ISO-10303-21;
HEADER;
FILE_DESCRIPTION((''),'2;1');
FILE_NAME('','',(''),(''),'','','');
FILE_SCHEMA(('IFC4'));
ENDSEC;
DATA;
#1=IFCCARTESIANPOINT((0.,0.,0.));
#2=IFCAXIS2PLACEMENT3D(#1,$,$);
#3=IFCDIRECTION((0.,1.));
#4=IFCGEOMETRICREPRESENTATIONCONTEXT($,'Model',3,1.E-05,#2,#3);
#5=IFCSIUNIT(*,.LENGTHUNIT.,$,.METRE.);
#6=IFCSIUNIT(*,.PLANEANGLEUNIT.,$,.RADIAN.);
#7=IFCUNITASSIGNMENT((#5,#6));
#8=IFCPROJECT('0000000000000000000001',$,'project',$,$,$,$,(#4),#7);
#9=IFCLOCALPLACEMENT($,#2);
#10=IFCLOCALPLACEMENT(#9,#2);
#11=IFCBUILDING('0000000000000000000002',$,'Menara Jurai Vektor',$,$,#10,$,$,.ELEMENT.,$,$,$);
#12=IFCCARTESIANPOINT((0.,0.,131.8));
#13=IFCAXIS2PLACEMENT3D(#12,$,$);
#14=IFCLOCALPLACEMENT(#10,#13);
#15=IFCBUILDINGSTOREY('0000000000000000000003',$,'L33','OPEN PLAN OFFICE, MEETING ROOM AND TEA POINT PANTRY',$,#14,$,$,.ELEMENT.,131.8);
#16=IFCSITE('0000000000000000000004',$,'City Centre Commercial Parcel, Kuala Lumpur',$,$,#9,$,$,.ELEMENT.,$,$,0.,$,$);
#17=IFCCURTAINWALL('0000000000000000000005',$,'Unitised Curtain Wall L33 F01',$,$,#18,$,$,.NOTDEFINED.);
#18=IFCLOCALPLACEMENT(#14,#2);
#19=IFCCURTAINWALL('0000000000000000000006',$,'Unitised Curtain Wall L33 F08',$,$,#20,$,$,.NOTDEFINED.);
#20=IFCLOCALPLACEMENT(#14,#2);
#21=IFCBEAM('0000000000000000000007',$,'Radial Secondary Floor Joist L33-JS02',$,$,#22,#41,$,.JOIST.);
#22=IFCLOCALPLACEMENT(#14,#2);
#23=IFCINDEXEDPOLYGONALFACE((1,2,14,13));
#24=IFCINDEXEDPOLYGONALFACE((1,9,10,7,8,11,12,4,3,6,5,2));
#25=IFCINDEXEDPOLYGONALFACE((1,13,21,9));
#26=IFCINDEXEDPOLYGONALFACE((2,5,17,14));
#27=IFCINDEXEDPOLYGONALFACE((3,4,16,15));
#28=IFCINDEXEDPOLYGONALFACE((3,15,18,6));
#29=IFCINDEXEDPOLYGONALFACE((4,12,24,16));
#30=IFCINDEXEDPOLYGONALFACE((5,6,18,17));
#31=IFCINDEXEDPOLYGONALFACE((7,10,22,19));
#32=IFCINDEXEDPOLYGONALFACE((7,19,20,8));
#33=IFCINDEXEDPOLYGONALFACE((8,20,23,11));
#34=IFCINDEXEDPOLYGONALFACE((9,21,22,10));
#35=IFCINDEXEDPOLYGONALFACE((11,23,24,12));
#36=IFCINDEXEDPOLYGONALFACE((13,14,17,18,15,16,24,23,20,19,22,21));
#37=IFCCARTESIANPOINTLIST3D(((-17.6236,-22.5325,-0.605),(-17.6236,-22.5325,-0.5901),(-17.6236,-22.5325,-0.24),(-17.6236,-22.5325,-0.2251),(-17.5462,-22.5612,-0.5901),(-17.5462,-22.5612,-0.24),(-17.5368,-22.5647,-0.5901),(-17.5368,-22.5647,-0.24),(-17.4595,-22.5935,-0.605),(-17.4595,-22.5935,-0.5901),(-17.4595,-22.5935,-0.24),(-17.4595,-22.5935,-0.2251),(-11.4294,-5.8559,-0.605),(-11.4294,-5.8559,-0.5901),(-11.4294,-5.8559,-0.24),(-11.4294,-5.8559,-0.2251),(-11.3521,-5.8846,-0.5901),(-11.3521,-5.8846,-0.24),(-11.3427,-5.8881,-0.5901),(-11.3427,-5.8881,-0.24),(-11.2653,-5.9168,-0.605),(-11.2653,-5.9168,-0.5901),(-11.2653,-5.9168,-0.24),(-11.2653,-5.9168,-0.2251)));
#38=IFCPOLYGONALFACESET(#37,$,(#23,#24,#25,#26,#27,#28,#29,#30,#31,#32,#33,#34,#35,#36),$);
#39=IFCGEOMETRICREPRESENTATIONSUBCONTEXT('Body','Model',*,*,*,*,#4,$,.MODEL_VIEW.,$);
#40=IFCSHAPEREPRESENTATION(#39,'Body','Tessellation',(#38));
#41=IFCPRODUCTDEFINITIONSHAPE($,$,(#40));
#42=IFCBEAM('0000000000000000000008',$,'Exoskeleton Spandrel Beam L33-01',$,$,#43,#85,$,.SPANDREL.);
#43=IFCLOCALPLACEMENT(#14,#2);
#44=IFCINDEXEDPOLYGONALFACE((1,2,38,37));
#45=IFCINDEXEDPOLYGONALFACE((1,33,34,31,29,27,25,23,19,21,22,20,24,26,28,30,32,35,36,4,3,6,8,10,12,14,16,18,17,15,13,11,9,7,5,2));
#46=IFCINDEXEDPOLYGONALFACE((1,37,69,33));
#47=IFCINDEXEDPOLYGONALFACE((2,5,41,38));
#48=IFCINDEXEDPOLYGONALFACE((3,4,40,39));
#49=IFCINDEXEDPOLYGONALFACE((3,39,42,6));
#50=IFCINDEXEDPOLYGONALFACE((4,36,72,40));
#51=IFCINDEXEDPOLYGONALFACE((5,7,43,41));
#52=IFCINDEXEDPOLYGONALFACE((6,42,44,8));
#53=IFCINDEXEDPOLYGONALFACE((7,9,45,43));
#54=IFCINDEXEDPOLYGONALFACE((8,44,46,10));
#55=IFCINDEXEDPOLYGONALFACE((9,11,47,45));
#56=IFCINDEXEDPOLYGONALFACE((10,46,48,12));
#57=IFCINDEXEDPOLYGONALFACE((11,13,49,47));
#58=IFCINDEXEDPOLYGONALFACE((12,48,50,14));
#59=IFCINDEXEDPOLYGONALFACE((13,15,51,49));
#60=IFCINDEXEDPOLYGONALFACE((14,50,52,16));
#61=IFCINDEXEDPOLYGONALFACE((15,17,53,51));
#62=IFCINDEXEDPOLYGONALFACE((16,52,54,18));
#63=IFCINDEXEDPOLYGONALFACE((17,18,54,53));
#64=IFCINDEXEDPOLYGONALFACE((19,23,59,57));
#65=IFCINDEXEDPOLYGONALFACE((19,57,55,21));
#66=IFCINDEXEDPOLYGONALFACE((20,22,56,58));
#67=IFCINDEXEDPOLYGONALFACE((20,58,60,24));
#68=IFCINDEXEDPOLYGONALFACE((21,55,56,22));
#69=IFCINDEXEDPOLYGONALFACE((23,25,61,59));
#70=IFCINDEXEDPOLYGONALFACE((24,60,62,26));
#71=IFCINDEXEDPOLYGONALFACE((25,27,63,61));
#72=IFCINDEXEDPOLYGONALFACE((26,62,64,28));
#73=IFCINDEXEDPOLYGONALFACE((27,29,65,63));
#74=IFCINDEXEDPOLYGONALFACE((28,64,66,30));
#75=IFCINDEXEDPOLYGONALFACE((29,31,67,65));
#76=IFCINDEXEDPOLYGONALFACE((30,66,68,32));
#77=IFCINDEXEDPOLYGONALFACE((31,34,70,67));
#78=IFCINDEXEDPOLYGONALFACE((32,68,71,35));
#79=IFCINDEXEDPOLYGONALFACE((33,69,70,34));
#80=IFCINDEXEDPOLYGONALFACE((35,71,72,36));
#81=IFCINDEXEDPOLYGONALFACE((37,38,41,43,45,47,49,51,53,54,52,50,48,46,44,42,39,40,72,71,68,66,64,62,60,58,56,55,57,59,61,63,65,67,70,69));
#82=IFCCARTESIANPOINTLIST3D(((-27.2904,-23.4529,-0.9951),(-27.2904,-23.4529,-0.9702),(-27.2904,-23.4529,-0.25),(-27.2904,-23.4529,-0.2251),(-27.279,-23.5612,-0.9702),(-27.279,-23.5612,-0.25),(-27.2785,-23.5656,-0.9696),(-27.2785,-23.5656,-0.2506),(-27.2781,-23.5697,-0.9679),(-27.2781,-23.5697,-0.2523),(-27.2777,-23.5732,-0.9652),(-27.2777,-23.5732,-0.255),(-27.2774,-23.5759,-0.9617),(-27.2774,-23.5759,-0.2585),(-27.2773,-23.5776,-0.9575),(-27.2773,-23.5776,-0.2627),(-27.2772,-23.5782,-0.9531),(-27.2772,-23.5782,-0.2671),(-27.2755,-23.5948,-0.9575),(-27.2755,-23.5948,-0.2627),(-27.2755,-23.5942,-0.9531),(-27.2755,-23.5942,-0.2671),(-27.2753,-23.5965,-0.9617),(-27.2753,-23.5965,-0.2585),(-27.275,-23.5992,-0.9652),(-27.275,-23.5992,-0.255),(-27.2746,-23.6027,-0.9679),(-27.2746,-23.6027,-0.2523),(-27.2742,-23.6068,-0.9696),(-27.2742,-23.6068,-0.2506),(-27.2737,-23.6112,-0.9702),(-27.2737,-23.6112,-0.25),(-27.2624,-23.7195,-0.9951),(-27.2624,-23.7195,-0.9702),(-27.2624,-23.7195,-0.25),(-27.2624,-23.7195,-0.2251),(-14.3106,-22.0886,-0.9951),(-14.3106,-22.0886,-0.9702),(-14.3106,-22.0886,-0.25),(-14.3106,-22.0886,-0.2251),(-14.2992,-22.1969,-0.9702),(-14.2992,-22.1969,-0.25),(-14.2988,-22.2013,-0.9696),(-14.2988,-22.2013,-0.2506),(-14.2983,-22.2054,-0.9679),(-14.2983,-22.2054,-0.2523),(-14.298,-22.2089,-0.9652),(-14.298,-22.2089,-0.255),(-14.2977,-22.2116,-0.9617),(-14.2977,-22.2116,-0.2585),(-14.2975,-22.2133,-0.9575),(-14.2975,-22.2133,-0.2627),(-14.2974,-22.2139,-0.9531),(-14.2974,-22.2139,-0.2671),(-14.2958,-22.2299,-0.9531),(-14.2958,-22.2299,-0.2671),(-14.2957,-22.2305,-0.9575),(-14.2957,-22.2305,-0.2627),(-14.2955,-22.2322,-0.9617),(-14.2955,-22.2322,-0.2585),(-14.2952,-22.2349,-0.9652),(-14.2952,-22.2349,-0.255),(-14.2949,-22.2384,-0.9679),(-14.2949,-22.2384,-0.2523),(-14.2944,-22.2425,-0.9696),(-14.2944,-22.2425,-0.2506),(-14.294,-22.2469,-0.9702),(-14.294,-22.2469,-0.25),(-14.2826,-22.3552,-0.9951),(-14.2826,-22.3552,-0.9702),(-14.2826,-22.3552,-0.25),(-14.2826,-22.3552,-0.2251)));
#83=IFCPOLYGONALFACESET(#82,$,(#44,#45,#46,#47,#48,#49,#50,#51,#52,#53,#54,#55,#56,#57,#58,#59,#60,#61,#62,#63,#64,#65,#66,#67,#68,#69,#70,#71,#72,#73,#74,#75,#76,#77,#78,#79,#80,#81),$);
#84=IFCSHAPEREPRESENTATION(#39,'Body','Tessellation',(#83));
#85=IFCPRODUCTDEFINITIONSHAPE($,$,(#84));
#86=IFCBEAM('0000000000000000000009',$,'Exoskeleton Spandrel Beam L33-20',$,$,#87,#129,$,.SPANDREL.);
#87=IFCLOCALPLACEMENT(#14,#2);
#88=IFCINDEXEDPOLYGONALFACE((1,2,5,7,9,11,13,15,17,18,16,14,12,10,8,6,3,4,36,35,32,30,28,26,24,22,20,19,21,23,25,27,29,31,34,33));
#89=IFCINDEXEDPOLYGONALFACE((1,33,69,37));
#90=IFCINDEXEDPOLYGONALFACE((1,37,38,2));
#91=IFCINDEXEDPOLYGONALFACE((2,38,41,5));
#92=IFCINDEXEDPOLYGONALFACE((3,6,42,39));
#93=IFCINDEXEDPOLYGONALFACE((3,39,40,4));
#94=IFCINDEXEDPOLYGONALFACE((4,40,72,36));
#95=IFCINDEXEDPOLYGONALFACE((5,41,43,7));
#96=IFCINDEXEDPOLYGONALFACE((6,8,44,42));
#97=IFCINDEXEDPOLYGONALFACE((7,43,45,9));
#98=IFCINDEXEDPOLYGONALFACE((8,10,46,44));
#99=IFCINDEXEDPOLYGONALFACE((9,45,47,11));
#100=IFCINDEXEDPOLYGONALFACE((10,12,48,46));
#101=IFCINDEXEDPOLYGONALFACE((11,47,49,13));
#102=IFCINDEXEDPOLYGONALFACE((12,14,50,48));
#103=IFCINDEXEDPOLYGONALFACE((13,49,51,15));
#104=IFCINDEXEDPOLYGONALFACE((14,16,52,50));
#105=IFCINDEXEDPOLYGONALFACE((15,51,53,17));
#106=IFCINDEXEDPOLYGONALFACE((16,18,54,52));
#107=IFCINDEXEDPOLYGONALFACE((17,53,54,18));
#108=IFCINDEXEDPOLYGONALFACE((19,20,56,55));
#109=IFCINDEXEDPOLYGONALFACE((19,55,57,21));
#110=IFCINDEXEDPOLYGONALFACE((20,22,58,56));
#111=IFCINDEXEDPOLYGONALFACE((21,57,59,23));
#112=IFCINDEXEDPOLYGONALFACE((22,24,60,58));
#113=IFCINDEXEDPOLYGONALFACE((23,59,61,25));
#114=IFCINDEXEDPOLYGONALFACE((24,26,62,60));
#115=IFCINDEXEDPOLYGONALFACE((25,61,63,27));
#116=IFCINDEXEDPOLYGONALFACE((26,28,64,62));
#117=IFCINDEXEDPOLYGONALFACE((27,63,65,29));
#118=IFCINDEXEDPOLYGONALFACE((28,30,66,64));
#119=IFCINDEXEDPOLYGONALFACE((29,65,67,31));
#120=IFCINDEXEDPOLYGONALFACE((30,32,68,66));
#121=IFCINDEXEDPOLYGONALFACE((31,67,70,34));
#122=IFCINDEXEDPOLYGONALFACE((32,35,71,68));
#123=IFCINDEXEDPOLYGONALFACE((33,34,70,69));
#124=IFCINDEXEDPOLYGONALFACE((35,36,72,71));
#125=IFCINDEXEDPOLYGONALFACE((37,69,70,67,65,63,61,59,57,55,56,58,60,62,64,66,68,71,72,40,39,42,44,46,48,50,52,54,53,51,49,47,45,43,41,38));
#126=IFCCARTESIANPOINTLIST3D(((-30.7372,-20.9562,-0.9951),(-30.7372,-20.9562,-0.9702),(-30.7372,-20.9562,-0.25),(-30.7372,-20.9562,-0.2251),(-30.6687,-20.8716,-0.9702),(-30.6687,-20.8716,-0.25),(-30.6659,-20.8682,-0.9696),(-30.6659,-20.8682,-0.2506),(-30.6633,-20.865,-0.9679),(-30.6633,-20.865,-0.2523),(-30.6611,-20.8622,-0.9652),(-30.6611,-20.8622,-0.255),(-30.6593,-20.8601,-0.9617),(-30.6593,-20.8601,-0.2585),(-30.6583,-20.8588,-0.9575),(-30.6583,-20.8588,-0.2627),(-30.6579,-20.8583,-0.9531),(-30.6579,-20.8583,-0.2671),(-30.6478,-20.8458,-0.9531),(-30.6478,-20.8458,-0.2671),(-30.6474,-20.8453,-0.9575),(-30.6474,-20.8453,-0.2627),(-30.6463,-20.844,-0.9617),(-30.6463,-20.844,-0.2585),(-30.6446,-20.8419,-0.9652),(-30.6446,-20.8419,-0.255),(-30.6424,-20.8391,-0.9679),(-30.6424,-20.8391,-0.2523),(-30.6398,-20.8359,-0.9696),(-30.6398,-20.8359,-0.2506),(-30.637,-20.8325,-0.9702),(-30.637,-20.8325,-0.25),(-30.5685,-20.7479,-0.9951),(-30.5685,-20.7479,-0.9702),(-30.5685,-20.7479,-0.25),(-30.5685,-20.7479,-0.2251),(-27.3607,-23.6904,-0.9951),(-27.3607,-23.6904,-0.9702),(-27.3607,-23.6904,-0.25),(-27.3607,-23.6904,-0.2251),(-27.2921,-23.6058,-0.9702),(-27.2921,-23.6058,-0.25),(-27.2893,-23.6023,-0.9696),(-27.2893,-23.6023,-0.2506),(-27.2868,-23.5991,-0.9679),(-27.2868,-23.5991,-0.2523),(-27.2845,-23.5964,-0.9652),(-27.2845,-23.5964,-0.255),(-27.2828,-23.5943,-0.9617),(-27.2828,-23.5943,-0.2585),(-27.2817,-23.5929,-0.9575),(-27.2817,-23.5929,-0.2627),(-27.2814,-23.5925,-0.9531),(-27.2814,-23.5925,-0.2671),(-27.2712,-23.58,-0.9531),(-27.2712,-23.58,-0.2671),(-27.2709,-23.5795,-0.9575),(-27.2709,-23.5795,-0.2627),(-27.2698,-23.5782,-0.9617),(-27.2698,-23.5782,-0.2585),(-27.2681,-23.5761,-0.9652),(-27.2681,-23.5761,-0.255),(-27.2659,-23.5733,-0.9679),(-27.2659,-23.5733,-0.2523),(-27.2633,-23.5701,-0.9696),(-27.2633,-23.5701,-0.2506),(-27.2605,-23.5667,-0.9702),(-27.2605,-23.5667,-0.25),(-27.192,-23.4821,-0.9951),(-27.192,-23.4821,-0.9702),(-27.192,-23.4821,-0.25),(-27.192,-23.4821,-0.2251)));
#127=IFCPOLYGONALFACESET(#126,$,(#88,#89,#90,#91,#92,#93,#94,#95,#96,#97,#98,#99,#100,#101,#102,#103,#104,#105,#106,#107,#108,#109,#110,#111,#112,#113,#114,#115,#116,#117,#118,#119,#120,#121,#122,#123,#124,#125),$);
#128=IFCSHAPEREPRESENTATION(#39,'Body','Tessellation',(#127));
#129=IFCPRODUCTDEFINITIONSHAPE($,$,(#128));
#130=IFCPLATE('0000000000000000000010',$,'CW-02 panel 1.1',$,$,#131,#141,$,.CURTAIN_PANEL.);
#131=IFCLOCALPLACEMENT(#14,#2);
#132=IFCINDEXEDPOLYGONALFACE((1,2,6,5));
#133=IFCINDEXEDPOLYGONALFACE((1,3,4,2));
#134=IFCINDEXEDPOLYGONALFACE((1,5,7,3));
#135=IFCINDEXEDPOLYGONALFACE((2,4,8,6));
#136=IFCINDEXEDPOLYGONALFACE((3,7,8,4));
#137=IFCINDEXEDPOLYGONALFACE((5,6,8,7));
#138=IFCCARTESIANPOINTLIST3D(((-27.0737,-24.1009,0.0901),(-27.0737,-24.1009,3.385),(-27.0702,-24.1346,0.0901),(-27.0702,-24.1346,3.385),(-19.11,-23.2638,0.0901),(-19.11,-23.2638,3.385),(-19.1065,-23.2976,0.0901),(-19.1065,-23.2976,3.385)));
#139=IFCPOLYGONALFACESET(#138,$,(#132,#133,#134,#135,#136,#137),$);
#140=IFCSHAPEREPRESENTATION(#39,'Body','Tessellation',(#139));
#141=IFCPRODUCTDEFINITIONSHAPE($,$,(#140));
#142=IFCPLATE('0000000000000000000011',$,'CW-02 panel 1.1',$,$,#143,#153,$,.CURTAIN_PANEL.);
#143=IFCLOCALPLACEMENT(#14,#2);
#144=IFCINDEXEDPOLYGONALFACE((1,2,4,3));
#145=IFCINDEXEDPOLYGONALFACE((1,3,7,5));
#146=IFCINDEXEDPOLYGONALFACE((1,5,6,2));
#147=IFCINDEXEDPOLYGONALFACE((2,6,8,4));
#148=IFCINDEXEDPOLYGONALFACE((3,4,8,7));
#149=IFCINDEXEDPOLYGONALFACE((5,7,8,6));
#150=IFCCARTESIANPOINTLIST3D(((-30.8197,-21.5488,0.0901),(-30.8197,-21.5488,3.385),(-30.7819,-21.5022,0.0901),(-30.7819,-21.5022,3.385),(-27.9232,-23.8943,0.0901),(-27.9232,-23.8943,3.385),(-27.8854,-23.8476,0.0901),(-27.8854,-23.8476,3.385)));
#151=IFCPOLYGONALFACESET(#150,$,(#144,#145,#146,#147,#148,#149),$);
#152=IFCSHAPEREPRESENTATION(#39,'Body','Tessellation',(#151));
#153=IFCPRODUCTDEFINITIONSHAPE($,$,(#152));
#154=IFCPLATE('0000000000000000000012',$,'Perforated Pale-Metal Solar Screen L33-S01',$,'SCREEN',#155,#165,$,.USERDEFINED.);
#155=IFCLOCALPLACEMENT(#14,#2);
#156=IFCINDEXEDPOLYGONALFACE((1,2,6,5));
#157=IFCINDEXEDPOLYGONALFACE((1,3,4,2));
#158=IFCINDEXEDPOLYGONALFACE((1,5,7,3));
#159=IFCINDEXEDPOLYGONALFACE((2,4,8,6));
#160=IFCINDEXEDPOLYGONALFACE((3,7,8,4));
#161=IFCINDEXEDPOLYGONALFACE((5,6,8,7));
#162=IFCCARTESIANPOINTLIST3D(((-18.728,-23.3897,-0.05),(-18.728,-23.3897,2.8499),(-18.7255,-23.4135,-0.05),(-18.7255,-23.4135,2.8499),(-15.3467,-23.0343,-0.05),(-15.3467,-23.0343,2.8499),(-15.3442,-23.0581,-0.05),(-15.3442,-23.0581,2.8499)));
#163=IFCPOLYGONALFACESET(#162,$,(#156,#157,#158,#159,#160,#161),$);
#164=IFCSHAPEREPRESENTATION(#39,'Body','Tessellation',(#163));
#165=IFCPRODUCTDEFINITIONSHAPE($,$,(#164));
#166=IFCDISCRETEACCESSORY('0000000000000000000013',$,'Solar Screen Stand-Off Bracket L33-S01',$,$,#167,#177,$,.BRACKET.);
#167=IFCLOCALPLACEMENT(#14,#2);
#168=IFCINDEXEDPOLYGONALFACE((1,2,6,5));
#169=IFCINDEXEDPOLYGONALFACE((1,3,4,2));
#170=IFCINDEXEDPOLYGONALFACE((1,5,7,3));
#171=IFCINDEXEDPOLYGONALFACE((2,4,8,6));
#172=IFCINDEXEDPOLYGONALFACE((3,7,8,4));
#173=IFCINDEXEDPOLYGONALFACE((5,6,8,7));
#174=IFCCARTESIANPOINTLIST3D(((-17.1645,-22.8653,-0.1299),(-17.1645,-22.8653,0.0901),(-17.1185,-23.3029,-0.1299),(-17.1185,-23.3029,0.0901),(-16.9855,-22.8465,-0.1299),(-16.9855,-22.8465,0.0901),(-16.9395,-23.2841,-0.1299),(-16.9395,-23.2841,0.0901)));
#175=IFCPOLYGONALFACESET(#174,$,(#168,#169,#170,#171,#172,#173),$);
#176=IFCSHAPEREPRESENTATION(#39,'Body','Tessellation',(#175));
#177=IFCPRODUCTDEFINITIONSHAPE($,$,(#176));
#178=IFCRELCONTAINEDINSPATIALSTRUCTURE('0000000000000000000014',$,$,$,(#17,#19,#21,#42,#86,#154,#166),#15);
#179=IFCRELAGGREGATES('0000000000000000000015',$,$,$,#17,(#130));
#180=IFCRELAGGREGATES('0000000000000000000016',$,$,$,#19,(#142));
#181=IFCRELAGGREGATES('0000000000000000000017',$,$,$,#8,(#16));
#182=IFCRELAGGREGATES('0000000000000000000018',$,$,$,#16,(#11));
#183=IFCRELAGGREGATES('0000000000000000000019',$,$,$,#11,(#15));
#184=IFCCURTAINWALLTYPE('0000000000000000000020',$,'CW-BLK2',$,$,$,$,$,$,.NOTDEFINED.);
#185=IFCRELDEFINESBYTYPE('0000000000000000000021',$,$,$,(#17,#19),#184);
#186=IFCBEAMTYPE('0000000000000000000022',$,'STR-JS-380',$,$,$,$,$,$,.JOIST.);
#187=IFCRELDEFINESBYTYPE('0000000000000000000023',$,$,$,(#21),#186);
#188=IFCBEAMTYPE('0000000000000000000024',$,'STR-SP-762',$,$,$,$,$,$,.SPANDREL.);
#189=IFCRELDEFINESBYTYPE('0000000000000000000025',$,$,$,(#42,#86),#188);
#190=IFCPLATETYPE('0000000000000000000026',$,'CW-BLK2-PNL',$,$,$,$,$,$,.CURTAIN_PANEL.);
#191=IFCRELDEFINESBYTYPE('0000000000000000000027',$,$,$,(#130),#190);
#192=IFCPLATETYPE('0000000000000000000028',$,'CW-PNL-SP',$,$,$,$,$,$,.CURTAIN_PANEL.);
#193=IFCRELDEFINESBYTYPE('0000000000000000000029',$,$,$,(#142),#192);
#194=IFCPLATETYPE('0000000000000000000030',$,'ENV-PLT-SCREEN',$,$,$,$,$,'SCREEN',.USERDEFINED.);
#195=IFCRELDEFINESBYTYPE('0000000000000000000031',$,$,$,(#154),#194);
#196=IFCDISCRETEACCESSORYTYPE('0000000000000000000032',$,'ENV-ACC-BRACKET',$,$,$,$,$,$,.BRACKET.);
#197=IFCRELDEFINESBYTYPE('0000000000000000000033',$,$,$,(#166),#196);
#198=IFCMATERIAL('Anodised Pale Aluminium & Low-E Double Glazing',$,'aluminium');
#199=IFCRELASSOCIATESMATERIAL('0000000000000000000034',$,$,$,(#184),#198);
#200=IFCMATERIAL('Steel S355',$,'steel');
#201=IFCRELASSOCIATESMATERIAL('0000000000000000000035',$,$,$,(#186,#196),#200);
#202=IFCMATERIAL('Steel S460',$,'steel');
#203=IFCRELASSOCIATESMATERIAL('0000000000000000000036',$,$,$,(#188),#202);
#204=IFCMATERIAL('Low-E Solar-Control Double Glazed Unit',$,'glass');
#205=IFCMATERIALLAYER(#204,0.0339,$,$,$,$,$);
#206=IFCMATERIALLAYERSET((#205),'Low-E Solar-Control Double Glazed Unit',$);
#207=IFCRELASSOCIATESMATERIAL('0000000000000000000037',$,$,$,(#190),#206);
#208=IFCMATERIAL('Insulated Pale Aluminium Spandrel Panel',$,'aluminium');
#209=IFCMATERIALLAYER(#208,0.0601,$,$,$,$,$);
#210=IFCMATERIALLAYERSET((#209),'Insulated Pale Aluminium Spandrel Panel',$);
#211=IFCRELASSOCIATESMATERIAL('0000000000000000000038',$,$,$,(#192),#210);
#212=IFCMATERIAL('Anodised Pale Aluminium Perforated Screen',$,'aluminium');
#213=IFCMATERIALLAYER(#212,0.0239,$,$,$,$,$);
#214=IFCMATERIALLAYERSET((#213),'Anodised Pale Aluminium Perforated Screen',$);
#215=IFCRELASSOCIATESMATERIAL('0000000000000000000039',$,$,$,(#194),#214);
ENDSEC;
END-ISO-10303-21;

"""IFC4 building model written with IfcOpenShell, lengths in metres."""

from ifc_helpers import new_model, si_unit, direction, frame, origin, origin_2d, place, context, subcontext, project, spatial, rectangle, i_section, extrude, material, layer, layer_set, material_profile, profile_set, type_object, element, aggregate, save


model = new_model("IFC4")

# Units and contexts
model_context = context("Model", 3, precision=1e-05, world=origin(), true_north=direction((0.0, 1.0)))
body_context = subcontext(model_context, "Body", "Model", "MODEL_VIEW")
ifc_project = project(units=[si_unit("LENGTHUNIT", "METRE"), si_unit("PLANEANGLEUNIT", "RADIAN")], contexts=[model_context])

# Site, building, storey
site_placement = place(None, origin())
site = spatial("IfcSite", under=ifc_project, at=site_placement, Name="City Centre Commercial Parcel, Kuala Lumpur", CompositionType="ELEMENT", RefElevation=0.0)
building_placement = place(site_placement, origin())
building = spatial("IfcBuilding", under=site, at=building_placement, Name="Menara Jurai Vektor", CompositionType="ELEMENT")
storey_placement = place(building_placement, frame((0.0, 0.0, 131.8)))
storey = spatial("IfcBuildingStorey", under=building, at=storey_placement, Name="L33", Description="OPEN PLAN OFFICE, MEETING ROOM AND TEA POINT PANTRY", CompositionType="ELEMENT", Elevation=131.8)

# Shared definitions
ifc_material_1 = material(Name="Steel S460", Category="steel")

# Curtain walls
ifc_material_2 = material(Name="Anodised Pale Aluminium & Low-E Double Glazing", Category="aluminium")
curtain_wall_type = type_object("IfcCurtainWallType", Name="CW-BLK2", PredefinedType="NOTDEFINED", material=ifc_material_2)
curtain_wall_1_placement = place(storey_placement, origin())
curtain_wall_1 = element("IfcCurtainWall", 1, at=curtain_wall_1_placement, inside=storey, type_object=curtain_wall_type, Name="Unitised Curtain Wall L33 F01", PredefinedType="NOTDEFINED")
curtain_wall_2_placement = place(storey_placement, origin())
curtain_wall_2 = element("IfcCurtainWall", 2, at=curtain_wall_2_placement, inside=storey, type_object=curtain_wall_type, Name="Unitised Curtain Wall L33 F08", PredefinedType="NOTDEFINED")

# Shared definitions
ifc_material_3 = material(Name="Steel S355", Category="steel")

# Beams
ifc_material_profile_1 = material_profile(ifc_material_3, i_section(OverallWidth=0.175, OverallDepth=0.3799, WebThickness=0.01, FlangeThickness=0.0149, at=origin_2d()), Name="PG 380x175x58")
ifc_profile_set_1 = profile_set([ifc_material_profile_1], Name="Steel S355")
beam_type_1 = type_object("IfcBeamType", Name="STR-JS-380", PredefinedType="JOIST", material=ifc_profile_set_1)
beam_1_placement = place(storey_placement, frame((-17.5415, -22.563, -0.415), z_axis=(0.348184, 0.937426, 0.0), x_axis=(-0.937426, 0.348184, 0.0)))
element("IfcBeam", 3, at=beam_1_placement, inside=storey, type_object=beam_type_1, Name="Radial Secondary Floor Joist L33-JS02", PredefinedType="JOIST", context=body_context, shape_type="SweptSolid", body=[
    extrude(i_section(OverallWidth=0.175, OverallDepth=0.3799, WebThickness=0.01, FlangeThickness=0.0149, at=origin_2d()), origin(), (0.0, 0.0, 1.0), 17.7898),
])
ifc_material_profile_2 = material_profile(ifc_material_1, i_section(OverallWidth=0.2681, OverallDepth=0.77, WebThickness=0.0161, FlangeThickness=0.0249, FilletRadius=0.0171, at=origin_2d()), Name="UKB 762x267x197")
ifc_profile_set_2 = profile_set([ifc_material_profile_2], Name="Steel S460")
beam_type_2 = type_object("IfcBeamType", Name="STR-SP-762", PredefinedType="SPANDREL", material=ifc_profile_set_2)
beam_2_placement = place(storey_placement, frame((-27.2764, -23.5862, -0.6101), z_axis=(0.994522, 0.104531, 0.0), x_axis=(-0.104531, 0.994522, 0.0)))
element("IfcBeam", 4, at=beam_2_placement, inside=storey, type_object=beam_type_2, Name="Exoskeleton Spandrel Beam L33-01", PredefinedType="SPANDREL", context=body_context, shape_type="SweptSolid", body=[
    extrude(i_section(OverallWidth=0.2681, OverallDepth=0.77, WebThickness=0.0161, FlangeThickness=0.0249, FilletRadius=0.0171, at=origin_2d()), origin(), (0.0, 0.0, 1.0), 13.0513),
])
beam_3_placement = place(storey_placement, frame((-30.6528, -20.8521, -0.6101), z_axis=(0.777155, -0.62931, 0.0), x_axis=(0.62931, 0.777155, 0.0)))
element("IfcBeam", 5, at=beam_3_placement, inside=storey, type_object=beam_type_2, Name="Exoskeleton Spandrel Beam L33-20", PredefinedType="SPANDREL", context=body_context, shape_type="SweptSolid", body=[
    extrude(i_section(OverallWidth=0.2681, OverallDepth=0.77, WebThickness=0.0161, FlangeThickness=0.0249, FilletRadius=0.0171, at=origin_2d()), origin(), (0.0, 0.0, 1.0), 4.3447),
])

# Plates
ifc_material_4 = material(Name="Low-E Solar-Control Double Glazed Unit", Category="glass")
ifc_layer_1 = layer(ifc_material_4, 0.0339)
ifc_layer_set_1 = layer_set([ifc_layer_1], Name="Low-E Solar-Control Double Glazed Unit")
plate_type_1 = type_object("IfcPlateType", Name="CW-BLK2-PNL", PredefinedType="CURTAIN_PANEL", material=ifc_layer_set_1)
plate_1_placement = place(storey_placement, frame((-23.0901, -23.6992, 0.0901), z_axis=(0.0, 0.0, 1.0), x_axis=(0.994522, 0.104529, 0.0)))
plate_1 = element("IfcPlate", 6, at=plate_1_placement, type_object=plate_type_1, Name="CW-02 panel 1.1", PredefinedType="CURTAIN_PANEL", context=body_context, shape_type="SweptSolid", body=[
    extrude(rectangle(XDim=8.0076, YDim=0.0339, at=origin_2d()), origin(), (0.0, 0.0, 1.0), 3.2949),
])
aggregate(curtain_wall_1, [plate_1])
ifc_material_5 = material(Name="Insulated Pale Aluminium Spandrel Panel", Category="aluminium")
ifc_layer_2 = layer(ifc_material_5, 0.0601)
ifc_layer_set_2 = layer_set([ifc_layer_2], Name="Insulated Pale Aluminium Spandrel Panel")
plate_type_2 = type_object("IfcPlateType", Name="CW-PNL-SP", PredefinedType="CURTAIN_PANEL", material=ifc_layer_set_2)
plate_2_placement = place(storey_placement, frame((-29.3525, -22.6982, 0.0901), z_axis=(0.0, 0.0, 1.0), x_axis=(0.777152, -0.629313, 0.0)))
plate_2 = element("IfcPlate", 7, at=plate_2_placement, type_object=plate_type_2, Name="CW-02 panel 1.1", PredefinedType="CURTAIN_PANEL", context=body_context, shape_type="SweptSolid", body=[
    extrude(rectangle(XDim=3.7271, YDim=0.0601, at=origin_2d()), origin(), (0.0, 0.0, 1.0), 3.2949),
])
aggregate(curtain_wall_2, [plate_2])
ifc_material_6 = material(Name="Anodised Pale Aluminium Perforated Screen", Category="aluminium")
ifc_layer_3 = layer(ifc_material_6, 0.0239)
ifc_layer_set_3 = layer_set([ifc_layer_3], Name="Anodised Pale Aluminium Perforated Screen")
plate_type_3 = type_object("IfcPlateType", Name="ENV-PLT-SCREEN", ElementType="SCREEN", PredefinedType="USERDEFINED", material=ifc_layer_set_3)
plate_3_placement = place(storey_placement, frame((-17.0361, -23.2239, -0.05), z_axis=(0.0, 0.0, 1.0), x_axis=(0.994522, 0.104528, 0.0)))
element("IfcPlate", 8, at=plate_3_placement, inside=storey, type_object=plate_type_3, Name="Perforated Pale-Metal Solar Screen L33-S01", ObjectType="SCREEN", PredefinedType="USERDEFINED", context=body_context, shape_type="SweptSolid", body=[
    extrude(rectangle(XDim=3.3999, YDim=0.0239, at=origin_2d()), origin(), (0.0, 0.0, 1.0), 2.8999),
])

# Discrete accessory
discrete_accessory_type = type_object("IfcDiscreteAccessoryType", Name="ENV-ACC-BRACKET", PredefinedType="BRACKET", material=ifc_material_3)
discrete_accessory_placement = place(storey_placement, frame((-17.052, -23.0747, -0.1299), z_axis=(0.0, 0.0, 1.0), x_axis=(0.994522, 0.104528, 0.0)))
element("IfcDiscreteAccessory", 9, at=discrete_accessory_placement, inside=storey, type_object=discrete_accessory_type, Name="Solar Screen Stand-Off Bracket L33-S01", PredefinedType="BRACKET", context=body_context, shape_type="SweptSolid", body=[
    extrude(rectangle(XDim=0.1799, YDim=0.4399, at=origin_2d()), origin(), (0.0, 0.0, 1.0), 0.22),
])

save(model, "model.ifc")
